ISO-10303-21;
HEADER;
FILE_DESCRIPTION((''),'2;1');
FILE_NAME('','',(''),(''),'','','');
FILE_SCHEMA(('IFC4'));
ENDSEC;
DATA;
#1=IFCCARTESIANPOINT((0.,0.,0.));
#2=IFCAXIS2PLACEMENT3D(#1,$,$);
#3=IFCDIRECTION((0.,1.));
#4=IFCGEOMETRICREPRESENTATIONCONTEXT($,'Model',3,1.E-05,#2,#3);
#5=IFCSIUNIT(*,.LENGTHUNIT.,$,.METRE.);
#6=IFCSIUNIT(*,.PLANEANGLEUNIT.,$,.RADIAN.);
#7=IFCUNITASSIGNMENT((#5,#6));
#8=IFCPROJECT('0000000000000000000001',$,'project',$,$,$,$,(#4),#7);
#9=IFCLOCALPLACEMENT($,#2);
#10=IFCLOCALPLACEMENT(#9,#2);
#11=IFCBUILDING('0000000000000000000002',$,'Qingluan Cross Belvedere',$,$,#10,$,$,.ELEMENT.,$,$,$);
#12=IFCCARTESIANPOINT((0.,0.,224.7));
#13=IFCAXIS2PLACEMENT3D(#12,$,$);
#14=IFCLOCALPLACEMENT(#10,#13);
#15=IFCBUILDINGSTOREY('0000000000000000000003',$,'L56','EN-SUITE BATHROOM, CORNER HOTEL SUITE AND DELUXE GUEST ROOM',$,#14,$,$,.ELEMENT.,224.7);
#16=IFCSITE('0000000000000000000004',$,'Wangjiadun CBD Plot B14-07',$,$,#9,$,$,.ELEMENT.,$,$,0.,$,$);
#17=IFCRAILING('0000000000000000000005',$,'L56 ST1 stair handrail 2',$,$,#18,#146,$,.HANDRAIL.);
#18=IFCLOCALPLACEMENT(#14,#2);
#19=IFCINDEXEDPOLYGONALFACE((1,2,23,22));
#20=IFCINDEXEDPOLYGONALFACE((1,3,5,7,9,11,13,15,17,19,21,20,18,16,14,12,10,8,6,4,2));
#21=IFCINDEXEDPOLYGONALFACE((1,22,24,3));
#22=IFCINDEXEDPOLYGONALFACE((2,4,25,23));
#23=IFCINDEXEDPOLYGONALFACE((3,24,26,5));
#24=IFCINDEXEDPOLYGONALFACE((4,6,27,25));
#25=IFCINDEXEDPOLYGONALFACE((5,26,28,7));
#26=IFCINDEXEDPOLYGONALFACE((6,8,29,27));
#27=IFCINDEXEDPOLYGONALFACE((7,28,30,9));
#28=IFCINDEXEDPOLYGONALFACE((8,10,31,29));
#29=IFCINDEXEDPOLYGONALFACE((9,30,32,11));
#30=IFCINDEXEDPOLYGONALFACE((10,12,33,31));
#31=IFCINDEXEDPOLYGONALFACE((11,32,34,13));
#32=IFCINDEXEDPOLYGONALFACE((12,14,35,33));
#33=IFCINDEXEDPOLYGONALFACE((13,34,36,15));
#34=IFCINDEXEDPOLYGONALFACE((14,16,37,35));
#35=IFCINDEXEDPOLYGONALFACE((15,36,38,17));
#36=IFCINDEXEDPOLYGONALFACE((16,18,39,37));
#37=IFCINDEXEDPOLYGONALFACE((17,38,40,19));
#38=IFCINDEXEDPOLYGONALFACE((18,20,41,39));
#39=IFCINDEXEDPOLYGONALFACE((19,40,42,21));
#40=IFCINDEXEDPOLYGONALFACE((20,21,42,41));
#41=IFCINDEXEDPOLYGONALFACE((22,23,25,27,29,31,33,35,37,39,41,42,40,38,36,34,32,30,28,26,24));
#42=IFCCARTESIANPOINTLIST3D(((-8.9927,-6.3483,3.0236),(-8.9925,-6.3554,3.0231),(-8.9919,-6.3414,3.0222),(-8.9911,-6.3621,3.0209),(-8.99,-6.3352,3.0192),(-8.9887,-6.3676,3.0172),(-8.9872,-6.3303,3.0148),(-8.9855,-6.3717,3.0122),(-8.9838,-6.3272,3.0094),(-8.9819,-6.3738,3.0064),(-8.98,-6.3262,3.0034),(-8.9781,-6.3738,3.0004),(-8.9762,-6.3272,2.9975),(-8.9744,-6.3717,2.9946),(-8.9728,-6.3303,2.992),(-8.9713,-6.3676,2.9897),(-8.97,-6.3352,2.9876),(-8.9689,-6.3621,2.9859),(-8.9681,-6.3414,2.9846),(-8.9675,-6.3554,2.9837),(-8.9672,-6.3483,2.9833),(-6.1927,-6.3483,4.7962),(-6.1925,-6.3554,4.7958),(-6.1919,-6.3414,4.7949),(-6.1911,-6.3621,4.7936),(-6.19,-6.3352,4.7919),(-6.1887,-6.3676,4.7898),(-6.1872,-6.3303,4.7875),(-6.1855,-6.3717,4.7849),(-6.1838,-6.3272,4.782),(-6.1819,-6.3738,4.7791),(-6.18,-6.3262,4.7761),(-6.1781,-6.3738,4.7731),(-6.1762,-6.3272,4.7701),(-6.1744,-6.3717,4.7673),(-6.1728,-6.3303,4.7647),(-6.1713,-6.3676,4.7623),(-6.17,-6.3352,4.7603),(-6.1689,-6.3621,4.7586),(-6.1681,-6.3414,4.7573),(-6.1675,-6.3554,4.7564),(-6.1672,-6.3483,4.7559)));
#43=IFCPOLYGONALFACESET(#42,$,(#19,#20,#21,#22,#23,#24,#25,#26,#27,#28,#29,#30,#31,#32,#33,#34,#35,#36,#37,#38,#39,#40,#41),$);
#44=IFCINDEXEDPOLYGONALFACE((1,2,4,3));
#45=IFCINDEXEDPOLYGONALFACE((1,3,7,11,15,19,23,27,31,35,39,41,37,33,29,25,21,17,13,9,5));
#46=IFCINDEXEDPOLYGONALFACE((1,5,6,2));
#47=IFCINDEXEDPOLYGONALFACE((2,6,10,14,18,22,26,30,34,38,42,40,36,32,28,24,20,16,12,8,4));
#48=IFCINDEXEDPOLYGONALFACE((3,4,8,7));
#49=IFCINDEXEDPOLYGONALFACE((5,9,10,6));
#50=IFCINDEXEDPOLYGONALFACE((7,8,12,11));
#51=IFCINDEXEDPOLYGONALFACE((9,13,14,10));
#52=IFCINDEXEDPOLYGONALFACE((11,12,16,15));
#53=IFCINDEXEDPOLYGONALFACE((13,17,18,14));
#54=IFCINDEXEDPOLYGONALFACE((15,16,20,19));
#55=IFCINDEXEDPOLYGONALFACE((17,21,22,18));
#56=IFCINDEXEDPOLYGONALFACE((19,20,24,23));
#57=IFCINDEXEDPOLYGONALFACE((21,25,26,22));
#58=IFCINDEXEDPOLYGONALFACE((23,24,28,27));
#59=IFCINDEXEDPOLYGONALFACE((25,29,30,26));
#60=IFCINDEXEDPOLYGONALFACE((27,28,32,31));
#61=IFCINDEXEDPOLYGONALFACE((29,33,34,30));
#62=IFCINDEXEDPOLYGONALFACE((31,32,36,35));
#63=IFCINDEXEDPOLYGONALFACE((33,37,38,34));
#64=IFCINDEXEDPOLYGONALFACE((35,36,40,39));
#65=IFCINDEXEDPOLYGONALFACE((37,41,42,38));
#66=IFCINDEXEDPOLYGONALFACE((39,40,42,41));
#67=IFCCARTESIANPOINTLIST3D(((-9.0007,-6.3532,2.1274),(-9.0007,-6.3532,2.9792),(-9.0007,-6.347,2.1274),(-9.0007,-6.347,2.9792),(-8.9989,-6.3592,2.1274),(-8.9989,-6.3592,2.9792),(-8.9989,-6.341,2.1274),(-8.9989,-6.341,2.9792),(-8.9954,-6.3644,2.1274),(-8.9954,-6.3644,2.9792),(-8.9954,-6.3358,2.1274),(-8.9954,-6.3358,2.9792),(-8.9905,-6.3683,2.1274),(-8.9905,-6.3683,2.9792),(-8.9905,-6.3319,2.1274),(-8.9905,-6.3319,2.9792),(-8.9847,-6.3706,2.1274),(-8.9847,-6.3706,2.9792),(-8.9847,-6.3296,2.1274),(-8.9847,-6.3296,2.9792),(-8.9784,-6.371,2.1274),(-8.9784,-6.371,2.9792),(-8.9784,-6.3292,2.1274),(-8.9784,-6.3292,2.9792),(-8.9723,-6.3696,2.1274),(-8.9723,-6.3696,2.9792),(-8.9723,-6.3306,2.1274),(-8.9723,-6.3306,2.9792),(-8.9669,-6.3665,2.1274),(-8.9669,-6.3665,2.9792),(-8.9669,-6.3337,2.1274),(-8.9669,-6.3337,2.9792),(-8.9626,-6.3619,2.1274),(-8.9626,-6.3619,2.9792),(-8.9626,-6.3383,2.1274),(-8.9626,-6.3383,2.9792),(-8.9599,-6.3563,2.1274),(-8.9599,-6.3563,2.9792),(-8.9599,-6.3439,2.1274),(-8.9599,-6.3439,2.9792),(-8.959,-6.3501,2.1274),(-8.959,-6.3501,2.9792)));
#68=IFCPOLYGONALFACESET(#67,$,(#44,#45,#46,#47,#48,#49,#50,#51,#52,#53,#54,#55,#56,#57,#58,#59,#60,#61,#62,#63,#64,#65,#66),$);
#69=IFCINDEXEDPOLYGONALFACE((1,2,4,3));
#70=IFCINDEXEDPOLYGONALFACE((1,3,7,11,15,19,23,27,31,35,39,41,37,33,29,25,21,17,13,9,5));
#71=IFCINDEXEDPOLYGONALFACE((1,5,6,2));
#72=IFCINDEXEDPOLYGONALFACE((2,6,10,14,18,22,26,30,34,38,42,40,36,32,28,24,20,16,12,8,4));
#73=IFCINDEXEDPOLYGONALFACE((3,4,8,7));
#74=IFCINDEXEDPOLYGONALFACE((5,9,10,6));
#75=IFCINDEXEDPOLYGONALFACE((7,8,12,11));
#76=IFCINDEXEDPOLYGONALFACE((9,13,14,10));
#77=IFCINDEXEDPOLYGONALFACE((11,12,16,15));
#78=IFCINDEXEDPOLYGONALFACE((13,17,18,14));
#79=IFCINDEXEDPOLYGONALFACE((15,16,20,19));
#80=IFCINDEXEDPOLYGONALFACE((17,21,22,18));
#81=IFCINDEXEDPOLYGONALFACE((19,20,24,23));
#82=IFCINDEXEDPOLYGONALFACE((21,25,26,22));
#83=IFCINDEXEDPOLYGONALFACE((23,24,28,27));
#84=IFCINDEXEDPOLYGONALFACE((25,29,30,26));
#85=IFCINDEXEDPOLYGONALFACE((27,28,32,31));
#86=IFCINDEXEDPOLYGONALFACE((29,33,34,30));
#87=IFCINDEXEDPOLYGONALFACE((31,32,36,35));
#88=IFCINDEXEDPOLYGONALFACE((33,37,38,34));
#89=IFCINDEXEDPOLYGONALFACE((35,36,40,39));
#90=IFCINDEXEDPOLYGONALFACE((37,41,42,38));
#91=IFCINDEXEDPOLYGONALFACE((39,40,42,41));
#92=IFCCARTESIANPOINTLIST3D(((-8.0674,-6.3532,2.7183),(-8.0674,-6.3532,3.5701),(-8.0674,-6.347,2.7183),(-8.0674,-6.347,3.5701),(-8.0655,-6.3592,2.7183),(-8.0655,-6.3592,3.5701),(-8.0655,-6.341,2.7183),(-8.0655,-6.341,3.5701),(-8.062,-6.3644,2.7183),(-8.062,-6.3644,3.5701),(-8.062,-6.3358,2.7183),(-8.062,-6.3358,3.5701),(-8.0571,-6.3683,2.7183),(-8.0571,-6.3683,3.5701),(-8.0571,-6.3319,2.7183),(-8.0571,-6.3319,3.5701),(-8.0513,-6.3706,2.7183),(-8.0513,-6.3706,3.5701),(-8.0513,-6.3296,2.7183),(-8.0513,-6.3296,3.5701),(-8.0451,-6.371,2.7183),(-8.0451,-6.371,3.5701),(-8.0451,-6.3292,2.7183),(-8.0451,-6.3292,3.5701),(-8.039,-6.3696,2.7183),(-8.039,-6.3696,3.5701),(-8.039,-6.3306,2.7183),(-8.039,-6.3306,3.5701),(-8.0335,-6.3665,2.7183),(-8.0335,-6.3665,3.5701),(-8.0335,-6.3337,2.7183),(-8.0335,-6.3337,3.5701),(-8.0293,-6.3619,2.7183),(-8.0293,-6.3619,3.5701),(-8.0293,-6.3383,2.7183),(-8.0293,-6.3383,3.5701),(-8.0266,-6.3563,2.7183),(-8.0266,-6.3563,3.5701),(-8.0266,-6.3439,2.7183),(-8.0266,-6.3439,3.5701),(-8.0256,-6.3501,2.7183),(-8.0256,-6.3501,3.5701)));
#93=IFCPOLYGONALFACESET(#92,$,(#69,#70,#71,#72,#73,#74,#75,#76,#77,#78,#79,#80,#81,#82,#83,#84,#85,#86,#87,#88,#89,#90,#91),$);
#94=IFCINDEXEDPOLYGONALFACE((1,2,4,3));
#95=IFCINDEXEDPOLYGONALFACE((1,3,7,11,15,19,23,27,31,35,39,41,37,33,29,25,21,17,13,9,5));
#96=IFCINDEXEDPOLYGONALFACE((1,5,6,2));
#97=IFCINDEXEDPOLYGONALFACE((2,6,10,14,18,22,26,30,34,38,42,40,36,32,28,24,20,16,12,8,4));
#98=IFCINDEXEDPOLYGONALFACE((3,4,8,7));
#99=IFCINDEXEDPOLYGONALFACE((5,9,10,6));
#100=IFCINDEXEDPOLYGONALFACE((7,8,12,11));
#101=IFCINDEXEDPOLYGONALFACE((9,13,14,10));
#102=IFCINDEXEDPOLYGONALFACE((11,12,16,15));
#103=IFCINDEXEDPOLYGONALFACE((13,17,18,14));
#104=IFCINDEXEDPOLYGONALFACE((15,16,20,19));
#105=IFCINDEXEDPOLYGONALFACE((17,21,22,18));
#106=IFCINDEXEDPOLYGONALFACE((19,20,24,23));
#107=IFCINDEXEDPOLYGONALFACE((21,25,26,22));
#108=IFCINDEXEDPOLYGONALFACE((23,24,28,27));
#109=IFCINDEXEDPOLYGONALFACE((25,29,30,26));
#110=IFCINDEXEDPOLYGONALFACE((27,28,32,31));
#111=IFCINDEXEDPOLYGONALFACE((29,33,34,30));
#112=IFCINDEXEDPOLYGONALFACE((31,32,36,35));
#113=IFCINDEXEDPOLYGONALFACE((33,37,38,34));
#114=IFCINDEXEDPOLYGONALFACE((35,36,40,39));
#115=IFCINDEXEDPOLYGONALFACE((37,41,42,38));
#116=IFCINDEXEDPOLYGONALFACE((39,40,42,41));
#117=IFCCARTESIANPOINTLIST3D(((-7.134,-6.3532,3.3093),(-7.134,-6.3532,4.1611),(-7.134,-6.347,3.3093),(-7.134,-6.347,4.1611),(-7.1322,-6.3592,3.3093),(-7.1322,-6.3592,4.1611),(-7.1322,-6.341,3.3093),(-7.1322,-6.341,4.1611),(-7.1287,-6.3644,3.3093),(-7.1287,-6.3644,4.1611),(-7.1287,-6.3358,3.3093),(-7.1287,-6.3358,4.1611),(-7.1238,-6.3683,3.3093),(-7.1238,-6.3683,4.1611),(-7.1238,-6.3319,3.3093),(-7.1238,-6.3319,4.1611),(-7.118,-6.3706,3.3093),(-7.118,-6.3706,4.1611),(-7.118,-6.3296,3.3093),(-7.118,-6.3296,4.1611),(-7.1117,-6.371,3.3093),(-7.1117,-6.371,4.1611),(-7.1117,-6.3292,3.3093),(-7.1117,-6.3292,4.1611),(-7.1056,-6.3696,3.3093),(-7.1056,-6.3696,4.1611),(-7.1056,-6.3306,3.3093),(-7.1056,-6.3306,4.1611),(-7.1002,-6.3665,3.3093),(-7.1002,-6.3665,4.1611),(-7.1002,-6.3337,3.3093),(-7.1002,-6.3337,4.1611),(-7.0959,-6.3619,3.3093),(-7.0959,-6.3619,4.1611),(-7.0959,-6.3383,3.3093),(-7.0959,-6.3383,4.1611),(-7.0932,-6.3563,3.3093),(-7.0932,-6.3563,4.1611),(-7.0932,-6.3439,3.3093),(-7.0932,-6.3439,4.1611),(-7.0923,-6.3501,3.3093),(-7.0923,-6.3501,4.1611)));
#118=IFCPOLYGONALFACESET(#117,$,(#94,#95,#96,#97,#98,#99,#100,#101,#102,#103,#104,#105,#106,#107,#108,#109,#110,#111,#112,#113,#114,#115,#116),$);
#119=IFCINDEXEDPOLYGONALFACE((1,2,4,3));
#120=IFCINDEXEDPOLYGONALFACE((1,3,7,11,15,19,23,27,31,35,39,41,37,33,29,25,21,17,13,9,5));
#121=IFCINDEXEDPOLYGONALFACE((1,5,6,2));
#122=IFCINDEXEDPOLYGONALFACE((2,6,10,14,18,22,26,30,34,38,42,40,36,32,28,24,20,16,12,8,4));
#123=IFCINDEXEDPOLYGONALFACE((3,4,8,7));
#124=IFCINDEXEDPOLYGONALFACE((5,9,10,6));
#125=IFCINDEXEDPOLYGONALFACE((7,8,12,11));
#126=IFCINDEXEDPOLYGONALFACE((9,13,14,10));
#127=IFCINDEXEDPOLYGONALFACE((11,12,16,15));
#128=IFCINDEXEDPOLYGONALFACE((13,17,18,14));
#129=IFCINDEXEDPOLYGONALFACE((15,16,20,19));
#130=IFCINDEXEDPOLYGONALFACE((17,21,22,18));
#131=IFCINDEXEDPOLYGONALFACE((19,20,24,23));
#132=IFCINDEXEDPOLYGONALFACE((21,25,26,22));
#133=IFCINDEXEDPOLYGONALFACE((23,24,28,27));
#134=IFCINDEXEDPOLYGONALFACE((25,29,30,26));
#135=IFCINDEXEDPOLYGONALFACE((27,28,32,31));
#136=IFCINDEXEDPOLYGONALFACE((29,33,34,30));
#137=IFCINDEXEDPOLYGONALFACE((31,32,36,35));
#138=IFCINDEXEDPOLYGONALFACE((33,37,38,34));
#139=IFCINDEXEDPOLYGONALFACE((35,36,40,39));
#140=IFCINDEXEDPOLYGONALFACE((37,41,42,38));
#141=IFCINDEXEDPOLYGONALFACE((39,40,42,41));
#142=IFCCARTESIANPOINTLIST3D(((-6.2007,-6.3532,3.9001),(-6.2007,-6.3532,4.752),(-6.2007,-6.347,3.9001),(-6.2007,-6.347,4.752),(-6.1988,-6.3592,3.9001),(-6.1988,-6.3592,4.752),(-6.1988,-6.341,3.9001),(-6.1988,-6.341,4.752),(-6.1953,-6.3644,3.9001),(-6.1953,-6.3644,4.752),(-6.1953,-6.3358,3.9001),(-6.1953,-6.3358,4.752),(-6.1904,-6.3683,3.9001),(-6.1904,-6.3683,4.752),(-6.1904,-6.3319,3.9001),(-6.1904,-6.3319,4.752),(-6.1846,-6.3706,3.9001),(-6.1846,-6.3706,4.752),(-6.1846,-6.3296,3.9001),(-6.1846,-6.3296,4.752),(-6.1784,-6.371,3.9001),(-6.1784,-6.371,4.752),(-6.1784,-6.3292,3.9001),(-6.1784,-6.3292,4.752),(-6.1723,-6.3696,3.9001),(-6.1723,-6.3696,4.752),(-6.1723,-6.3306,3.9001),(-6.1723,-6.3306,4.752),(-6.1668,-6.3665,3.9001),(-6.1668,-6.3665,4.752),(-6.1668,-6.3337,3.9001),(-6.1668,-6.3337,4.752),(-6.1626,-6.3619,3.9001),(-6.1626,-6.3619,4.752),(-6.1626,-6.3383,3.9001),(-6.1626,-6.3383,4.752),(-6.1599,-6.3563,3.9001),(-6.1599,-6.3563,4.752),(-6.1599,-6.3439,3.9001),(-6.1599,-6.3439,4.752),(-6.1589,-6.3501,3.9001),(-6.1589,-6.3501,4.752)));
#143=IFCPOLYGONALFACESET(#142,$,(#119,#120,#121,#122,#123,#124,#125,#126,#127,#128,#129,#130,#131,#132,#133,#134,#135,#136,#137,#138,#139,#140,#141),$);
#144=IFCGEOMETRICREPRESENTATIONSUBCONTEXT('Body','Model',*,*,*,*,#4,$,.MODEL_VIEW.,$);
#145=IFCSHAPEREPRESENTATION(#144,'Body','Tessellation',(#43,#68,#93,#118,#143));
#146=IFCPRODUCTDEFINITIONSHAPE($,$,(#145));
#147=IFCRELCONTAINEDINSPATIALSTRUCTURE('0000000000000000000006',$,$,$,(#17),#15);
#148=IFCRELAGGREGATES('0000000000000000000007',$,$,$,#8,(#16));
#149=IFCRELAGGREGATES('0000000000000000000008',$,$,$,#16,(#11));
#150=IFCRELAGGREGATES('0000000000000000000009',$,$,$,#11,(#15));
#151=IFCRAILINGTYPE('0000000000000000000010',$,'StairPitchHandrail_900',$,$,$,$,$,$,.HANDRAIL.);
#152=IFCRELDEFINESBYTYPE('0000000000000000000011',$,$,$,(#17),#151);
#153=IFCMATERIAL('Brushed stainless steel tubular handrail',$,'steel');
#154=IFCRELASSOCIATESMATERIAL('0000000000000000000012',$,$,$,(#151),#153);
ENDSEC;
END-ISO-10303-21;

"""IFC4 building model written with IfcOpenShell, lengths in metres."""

from ifc_helpers import new_model, si_unit, direction, frame, origin, origin_2d, place, context, subcontext, project, spatial, circle, extrude, material, type_object, element, save


model = new_model("IFC4")

# Units and contexts
model_context = context("Model", 3, precision=1e-05, world=origin(), true_north=direction((0.0, 1.0)))
body_context = subcontext(model_context, "Body", "Model", "MODEL_VIEW")
ifc_project = project(units=[si_unit("LENGTHUNIT", "METRE"), si_unit("PLANEANGLEUNIT", "RADIAN")], contexts=[model_context])

# Site, building, storey
site_placement = place(None, origin())
site = spatial("IfcSite", under=ifc_project, at=site_placement, Name="Wangjiadun CBD Plot B14-07", CompositionType="ELEMENT", RefElevation=0.0)
building_placement = place(site_placement, origin())
building = spatial("IfcBuilding", under=site, at=building_placement, Name="Qingluan Cross Belvedere", CompositionType="ELEMENT")
storey_placement = place(building_placement, frame((0.0, 0.0, 224.7)))
storey = spatial("IfcBuildingStorey", under=building, at=storey_placement, Name="L56", Description="EN-SUITE BATHROOM, CORNER HOTEL SUITE AND DELUXE GUEST ROOM", CompositionType="ELEMENT", Elevation=224.7)

# Railing
ifc_material_1 = material(Name="Brushed stainless steel tubular handrail", Category="steel")
railing_type_1 = type_object("IfcRailingType", Name="StairPitchHandrail_900", PredefinedType="HANDRAIL", material=ifc_material_1)
railing_1_placement = place(storey_placement, frame((-8.98, -6.3501, 2.1274)))
element("IfcRailing", 1, at=railing_1_placement, inside=storey, type_object=railing_type_1, Name="L56 ST1 stair handrail 2", PredefinedType="HANDRAIL", context=body_context, shape_type="SweptSolid", body=[
    extrude(circle(Radius=0.0239, at=origin_2d()), frame((0.0, 0.0, 0.876), z_axis=(0.844909, 0.0, 0.53491), x_axis=(0.0, 1.0, 0.0)), (0.0, 0.0, 1.0), 3.314),
    extrude(circle(Radius=0.021, at=origin_2d()), origin(), (0.0, 0.0, 1.0), 0.8518),
    extrude(circle(Radius=0.021, at=origin_2d()), frame((0.9333, 0.0, 0.5908)), (0.0, 0.0, 1.0), 0.8518),
    extrude(circle(Radius=0.021, at=origin_2d()), frame((1.8667, 0.0, 1.1819)), (0.0, 0.0, 1.0), 0.8518),
    extrude(circle(Radius=0.021, at=origin_2d()), frame((2.8, 0.0, 1.7727)), (0.0, 0.0, 1.0), 0.8518),
])

save(model, "model.ifc")
